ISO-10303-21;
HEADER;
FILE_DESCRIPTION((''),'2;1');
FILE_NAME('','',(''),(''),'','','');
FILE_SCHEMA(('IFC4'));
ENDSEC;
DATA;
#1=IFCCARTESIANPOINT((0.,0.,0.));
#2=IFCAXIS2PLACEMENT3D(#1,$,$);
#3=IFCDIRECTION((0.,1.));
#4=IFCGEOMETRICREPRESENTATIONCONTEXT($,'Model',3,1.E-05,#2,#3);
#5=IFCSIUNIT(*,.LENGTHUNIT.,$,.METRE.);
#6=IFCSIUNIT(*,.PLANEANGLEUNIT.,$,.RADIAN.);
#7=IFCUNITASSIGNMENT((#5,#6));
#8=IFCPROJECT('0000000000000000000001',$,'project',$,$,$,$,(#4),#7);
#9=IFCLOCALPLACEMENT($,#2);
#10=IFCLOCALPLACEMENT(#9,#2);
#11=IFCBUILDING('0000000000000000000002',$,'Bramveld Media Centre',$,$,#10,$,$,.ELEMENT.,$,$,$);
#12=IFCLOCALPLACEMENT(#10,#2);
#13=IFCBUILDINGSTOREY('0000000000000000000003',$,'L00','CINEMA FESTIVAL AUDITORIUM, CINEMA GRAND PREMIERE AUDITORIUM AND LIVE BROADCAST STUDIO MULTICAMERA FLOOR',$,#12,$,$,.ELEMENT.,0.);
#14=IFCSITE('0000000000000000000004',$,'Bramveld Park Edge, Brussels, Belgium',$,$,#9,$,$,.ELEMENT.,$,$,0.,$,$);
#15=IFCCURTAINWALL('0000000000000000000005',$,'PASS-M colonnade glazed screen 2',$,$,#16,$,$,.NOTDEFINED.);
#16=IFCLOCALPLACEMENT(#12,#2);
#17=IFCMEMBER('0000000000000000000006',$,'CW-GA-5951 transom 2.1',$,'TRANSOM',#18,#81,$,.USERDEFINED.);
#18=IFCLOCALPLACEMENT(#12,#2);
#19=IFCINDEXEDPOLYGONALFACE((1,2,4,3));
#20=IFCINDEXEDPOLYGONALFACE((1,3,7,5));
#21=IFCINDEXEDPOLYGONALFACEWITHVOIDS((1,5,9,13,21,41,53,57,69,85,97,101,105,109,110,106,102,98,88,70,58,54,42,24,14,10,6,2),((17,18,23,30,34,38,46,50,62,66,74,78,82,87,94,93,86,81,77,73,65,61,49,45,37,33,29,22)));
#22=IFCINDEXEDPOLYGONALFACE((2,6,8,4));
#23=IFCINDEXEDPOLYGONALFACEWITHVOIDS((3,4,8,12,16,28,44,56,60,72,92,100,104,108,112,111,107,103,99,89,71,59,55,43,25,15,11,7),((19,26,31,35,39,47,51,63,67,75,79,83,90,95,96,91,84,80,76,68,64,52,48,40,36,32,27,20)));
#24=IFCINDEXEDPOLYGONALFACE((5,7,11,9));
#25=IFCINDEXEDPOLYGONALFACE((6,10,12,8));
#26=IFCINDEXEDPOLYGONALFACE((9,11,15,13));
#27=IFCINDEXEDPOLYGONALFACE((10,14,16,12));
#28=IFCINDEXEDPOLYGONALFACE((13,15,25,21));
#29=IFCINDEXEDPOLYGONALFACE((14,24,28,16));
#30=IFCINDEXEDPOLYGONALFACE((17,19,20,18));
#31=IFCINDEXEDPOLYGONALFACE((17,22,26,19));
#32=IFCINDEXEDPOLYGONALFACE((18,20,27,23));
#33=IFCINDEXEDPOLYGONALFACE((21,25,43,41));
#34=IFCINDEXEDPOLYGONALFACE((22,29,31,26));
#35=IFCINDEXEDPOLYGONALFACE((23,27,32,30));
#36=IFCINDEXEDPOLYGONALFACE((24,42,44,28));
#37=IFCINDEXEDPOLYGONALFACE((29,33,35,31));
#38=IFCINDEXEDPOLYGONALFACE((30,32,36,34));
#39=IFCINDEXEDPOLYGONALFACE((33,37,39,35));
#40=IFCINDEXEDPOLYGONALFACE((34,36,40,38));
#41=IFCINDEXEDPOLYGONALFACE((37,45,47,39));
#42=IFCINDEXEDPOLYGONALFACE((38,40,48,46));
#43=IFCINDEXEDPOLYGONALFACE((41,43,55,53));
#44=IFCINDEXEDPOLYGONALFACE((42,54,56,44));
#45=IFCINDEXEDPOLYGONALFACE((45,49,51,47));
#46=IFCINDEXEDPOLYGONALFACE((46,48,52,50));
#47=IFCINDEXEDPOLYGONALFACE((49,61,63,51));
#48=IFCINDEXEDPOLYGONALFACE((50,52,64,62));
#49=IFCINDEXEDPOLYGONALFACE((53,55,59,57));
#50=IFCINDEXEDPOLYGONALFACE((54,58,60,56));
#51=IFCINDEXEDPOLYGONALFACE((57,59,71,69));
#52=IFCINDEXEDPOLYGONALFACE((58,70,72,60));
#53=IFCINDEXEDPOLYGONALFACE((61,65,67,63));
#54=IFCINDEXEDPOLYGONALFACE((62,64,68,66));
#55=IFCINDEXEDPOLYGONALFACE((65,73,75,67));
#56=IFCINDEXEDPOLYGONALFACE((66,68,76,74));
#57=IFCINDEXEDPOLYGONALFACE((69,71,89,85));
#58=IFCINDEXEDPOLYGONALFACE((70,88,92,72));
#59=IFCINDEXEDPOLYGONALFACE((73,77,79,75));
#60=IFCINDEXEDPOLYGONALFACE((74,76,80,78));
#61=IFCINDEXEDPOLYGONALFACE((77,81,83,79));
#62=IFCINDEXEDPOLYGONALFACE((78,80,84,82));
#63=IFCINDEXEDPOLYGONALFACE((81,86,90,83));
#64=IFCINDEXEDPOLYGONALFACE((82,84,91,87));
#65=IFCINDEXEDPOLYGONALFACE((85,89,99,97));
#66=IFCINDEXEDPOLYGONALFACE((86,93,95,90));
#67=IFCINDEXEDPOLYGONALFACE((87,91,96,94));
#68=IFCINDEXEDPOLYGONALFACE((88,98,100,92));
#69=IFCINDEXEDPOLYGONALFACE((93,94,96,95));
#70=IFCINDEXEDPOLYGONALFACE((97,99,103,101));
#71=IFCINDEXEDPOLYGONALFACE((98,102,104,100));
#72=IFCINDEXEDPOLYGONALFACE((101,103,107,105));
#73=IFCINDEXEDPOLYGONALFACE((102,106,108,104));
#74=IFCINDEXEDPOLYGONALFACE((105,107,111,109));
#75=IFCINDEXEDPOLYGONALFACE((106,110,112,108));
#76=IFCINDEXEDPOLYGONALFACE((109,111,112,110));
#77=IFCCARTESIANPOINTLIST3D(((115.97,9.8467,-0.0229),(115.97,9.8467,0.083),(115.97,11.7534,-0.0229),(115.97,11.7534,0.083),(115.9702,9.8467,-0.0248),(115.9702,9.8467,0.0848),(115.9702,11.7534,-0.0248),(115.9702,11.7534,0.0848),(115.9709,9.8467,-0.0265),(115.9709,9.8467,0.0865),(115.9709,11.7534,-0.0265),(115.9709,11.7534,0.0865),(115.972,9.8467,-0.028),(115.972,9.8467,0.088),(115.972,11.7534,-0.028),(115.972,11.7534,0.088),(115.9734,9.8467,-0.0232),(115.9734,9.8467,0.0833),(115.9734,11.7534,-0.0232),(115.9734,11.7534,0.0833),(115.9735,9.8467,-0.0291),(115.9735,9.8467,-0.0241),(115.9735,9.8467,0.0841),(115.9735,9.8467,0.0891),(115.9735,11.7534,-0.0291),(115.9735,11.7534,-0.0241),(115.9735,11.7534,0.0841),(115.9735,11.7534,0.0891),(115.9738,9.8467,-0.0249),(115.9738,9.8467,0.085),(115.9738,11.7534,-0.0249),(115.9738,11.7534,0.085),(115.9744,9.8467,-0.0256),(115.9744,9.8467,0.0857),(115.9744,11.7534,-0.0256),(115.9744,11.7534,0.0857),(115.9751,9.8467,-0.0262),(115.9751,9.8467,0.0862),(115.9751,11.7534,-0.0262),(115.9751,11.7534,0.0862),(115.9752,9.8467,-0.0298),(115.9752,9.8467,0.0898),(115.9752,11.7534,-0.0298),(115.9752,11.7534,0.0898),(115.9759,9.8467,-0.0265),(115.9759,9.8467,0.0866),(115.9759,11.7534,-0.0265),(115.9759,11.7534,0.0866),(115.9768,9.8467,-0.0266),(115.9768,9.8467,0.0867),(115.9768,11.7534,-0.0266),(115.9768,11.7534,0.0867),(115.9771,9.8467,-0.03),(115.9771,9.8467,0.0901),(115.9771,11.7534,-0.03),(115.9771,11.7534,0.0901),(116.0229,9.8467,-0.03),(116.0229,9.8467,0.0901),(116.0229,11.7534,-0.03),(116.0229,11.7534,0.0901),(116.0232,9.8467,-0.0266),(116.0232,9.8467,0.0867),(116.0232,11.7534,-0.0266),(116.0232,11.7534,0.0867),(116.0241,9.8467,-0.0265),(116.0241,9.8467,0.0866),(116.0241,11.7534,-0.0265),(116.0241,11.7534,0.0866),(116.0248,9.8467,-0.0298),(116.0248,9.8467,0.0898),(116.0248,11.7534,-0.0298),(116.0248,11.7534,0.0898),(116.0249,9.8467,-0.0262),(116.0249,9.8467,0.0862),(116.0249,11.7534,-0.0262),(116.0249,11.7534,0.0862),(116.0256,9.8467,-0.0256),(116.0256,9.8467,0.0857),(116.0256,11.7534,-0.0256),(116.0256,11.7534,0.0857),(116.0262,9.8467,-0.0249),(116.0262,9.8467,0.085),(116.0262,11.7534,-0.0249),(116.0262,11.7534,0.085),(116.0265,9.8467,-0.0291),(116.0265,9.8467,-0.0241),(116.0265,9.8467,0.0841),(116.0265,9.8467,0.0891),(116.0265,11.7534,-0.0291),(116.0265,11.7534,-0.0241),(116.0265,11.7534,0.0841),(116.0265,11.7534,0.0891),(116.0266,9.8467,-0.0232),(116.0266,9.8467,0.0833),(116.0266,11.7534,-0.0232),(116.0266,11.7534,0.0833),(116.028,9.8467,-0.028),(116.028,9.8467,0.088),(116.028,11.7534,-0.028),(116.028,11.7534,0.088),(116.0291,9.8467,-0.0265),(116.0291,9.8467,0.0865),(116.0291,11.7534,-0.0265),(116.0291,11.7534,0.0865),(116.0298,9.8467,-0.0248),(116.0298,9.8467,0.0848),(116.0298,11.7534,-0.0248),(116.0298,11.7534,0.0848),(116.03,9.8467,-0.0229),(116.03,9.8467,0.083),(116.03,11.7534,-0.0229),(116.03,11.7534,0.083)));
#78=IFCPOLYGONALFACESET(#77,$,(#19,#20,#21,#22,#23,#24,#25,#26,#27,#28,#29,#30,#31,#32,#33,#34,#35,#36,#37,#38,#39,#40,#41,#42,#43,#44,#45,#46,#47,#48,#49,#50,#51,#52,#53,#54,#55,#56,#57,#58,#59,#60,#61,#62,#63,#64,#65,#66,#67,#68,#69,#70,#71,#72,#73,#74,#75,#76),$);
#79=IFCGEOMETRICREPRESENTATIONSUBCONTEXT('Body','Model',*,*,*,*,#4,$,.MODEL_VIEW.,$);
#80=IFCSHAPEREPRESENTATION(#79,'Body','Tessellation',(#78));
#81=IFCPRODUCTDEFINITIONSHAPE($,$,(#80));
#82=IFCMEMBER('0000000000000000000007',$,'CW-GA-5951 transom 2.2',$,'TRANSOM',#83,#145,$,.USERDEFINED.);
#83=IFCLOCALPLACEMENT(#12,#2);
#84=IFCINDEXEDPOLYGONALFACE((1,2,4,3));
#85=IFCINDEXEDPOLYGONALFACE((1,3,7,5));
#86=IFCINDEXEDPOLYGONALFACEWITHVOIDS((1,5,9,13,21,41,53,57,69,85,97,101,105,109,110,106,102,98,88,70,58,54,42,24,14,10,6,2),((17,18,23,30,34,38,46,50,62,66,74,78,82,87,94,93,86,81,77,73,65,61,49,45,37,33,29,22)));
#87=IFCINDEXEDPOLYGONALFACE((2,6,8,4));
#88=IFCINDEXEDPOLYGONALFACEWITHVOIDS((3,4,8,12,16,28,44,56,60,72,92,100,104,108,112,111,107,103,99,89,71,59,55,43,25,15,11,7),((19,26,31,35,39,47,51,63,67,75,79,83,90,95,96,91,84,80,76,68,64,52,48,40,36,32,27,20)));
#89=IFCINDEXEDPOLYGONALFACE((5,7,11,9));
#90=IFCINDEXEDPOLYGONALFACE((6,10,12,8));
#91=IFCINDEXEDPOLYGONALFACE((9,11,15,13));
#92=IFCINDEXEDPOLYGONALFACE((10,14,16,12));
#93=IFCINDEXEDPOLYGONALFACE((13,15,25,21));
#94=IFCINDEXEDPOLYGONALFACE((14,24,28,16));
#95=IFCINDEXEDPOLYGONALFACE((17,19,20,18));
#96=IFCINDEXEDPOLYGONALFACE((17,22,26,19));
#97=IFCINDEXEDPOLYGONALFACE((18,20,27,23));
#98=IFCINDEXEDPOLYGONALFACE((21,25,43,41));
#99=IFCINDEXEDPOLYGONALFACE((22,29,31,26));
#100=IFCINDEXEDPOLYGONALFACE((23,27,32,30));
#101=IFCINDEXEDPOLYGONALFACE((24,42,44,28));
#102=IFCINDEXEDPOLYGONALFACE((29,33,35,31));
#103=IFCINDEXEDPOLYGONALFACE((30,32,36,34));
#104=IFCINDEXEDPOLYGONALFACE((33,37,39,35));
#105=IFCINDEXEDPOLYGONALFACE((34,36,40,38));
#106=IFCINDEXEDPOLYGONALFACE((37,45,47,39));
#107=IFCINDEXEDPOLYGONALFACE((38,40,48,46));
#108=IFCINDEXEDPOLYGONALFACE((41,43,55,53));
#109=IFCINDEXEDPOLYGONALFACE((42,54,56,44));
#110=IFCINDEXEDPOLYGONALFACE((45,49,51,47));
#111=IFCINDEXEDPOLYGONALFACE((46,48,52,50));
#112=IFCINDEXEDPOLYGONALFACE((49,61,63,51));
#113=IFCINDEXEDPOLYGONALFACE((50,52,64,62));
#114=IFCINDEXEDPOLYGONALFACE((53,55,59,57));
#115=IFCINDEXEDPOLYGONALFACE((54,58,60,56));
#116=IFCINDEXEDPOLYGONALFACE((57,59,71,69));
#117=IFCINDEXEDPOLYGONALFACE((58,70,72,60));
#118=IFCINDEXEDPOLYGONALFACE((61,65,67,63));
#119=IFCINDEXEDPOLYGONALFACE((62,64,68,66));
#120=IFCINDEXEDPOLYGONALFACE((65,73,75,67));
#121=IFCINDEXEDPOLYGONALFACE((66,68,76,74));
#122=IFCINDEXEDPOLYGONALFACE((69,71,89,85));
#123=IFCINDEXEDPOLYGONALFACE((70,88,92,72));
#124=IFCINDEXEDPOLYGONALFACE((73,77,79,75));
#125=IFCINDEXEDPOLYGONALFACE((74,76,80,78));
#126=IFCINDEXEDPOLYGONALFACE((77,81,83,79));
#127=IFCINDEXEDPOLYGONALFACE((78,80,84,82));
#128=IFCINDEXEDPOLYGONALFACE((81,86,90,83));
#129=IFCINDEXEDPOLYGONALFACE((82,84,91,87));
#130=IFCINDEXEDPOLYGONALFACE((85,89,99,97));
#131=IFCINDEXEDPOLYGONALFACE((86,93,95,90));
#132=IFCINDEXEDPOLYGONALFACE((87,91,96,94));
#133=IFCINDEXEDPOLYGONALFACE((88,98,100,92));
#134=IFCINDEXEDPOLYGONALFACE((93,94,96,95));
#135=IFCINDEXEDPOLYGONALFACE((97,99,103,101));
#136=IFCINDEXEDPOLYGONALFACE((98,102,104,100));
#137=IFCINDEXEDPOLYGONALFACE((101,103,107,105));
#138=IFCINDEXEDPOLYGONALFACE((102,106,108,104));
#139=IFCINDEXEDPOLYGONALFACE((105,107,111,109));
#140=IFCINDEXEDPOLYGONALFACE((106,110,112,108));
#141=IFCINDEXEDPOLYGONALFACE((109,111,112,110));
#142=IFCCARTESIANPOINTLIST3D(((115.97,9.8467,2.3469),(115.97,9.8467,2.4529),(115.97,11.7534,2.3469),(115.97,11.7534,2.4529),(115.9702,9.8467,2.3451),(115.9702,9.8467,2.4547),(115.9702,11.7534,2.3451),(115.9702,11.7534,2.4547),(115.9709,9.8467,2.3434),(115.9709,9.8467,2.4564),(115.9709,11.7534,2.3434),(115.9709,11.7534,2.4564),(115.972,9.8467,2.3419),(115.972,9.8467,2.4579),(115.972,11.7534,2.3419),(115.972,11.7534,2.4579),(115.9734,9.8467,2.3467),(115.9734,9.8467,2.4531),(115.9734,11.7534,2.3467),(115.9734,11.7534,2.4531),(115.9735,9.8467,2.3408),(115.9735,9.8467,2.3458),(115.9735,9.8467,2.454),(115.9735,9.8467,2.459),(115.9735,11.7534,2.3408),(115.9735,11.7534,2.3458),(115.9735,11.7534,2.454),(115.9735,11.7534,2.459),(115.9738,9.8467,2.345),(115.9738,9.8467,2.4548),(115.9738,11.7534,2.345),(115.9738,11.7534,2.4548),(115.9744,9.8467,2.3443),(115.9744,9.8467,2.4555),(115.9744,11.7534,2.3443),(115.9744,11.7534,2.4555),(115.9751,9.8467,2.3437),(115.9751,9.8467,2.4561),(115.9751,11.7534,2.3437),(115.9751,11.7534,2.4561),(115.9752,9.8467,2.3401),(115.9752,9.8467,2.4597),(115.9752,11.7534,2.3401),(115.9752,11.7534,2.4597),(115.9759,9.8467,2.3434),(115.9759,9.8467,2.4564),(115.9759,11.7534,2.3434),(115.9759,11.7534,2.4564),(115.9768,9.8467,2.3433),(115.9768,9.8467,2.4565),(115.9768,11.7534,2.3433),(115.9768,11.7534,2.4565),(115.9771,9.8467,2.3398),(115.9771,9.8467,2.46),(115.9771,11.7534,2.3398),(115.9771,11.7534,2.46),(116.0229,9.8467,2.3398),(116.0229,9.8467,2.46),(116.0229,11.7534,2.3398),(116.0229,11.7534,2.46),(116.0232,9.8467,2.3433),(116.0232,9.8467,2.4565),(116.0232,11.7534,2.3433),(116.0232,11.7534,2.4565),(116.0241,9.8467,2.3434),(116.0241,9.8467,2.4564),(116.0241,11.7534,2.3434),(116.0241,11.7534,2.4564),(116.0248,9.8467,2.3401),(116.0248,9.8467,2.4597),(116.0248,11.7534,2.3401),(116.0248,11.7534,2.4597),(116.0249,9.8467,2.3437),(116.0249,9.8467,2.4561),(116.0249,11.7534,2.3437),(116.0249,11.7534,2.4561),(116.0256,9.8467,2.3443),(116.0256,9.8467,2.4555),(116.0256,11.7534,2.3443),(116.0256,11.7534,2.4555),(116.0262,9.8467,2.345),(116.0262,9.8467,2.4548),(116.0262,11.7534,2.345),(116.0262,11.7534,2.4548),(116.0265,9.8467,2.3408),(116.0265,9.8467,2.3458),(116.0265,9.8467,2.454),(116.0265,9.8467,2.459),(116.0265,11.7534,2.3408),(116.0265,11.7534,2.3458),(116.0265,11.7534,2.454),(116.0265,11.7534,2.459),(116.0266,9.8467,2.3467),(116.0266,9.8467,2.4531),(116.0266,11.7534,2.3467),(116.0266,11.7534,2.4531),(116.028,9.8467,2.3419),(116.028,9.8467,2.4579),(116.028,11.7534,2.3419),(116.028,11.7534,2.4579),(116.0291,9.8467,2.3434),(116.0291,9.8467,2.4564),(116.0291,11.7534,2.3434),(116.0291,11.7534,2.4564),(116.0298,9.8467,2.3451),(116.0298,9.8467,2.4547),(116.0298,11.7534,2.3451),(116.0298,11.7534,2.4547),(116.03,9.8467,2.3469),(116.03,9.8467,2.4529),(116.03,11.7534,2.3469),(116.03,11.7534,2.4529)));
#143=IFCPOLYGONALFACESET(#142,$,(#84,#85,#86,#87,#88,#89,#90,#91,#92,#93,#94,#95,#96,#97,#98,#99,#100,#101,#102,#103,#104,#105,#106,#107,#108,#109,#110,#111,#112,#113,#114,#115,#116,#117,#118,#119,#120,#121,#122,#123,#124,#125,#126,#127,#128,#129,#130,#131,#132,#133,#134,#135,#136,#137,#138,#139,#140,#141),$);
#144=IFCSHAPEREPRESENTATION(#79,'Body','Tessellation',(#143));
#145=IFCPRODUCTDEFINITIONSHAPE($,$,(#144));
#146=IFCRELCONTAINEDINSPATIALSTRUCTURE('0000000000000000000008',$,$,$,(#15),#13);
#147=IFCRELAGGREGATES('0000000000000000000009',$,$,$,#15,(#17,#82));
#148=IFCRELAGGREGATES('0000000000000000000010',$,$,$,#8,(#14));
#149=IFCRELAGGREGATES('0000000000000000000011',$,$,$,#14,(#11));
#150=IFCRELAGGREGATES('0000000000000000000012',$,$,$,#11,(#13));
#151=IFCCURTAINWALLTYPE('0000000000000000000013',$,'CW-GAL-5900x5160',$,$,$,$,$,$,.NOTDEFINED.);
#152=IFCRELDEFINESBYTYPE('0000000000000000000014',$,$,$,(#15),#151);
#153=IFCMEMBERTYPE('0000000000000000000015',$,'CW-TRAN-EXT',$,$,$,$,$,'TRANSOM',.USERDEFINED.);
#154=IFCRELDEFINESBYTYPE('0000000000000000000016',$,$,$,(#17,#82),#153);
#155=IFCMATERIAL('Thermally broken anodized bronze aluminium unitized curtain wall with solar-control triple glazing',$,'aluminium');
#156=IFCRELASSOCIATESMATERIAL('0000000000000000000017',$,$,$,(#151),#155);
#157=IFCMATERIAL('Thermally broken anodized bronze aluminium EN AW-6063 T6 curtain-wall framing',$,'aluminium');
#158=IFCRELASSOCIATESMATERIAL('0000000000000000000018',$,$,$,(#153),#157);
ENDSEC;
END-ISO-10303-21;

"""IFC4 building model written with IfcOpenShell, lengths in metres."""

from ifc_helpers import new_model, si_unit, direction, frame, origin, origin_2d, place, context, subcontext, project, spatial, hollow_rectangle, extrude, material, material_profile, profile_set, type_object, element, aggregate, save


model = new_model("IFC4")

# Units and contexts
model_context = context("Model", 3, precision=1e-05, world=origin(), true_north=direction((0.0, 1.0)))
body_context = subcontext(model_context, "Body", "Model", "MODEL_VIEW")
ifc_project = project(units=[si_unit("LENGTHUNIT", "METRE"), si_unit("PLANEANGLEUNIT", "RADIAN")], contexts=[model_context])

# Site, building, storey
site_placement = place(None, origin())
site = spatial("IfcSite", under=ifc_project, at=site_placement, Name="Bramveld Park Edge, Brussels, Belgium", CompositionType="ELEMENT", RefElevation=0.0)
building_placement = place(site_placement, origin())
building = spatial("IfcBuilding", under=site, at=building_placement, Name="Bramveld Media Centre", CompositionType="ELEMENT")
storey_placement = place(building_placement, origin())
storey = spatial("IfcBuildingStorey", under=building, at=storey_placement, Name="L00", Description="CINEMA FESTIVAL AUDITORIUM, CINEMA GRAND PREMIERE AUDITORIUM AND LIVE BROADCAST STUDIO MULTICAMERA FLOOR", CompositionType="ELEMENT", Elevation=0.0)

# Curtain wall
ifc_material_1 = material(Name="Thermally broken anodized bronze aluminium unitized curtain wall with solar-control triple glazing", Category="aluminium")
curtain_wall_type = type_object("IfcCurtainWallType", Name="CW-GAL-5900x5160", PredefinedType="NOTDEFINED", material=ifc_material_1)
curtain_wall_1_placement = place(storey_placement, origin())
curtain_wall_1 = element("IfcCurtainWall", 1, at=curtain_wall_1_placement, inside=storey, type_object=curtain_wall_type, Name="PASS-M colonnade glazed screen 2", PredefinedType="NOTDEFINED")

# Members
ifc_material_2 = material(Name="Thermally broken anodized bronze aluminium EN AW-6063 T6 curtain-wall framing", Category="aluminium")
ifc_material_profile_1 = material_profile(ifc_material_2, hollow_rectangle(XDim=0.0601, YDim=0.1201, WallThickness=0.0034, InnerFilletRadius=0.0034, OuterFilletRadius=0.0071, at=origin_2d()), Name="AL-TRAN 60x120")
ifc_profile_set_1 = profile_set([ifc_material_profile_1], Name="Thermally broken anodized bronze aluminium EN AW-6063 T6 curtain-wall framing")
member_type_1 = type_object("IfcMemberType", Name="CW-TRAN-EXT", ElementType="TRANSOM", PredefinedType="USERDEFINED", material=ifc_profile_set_1)
member_1_placement = place(storey_placement, frame((116.0, 9.8467, 0.03), z_axis=(0.0, 1.0, 0.0), x_axis=(-1.0, 0.0, 0.0)))
member_1 = element("IfcMember", 2, at=member_1_placement, type_object=member_type_1, Name="CW-GA-5951 transom 2.1", ObjectType="TRANSOM", PredefinedType="USERDEFINED", context=body_context, shape_type="SweptSolid", body=[
    extrude(hollow_rectangle(XDim=0.0601, YDim=0.1201, WallThickness=0.0034, InnerFilletRadius=0.0034, OuterFilletRadius=0.0071, at=origin_2d()), origin(), (0.0, 0.0, 1.0), 1.9067),
])
member_2_placement = place(storey_placement, frame((116.0, 9.8467, 2.3999), z_axis=(0.0, 1.0, 0.0), x_axis=(-1.0, 0.0, 0.0)))
member_2 = element("IfcMember", 3, at=member_2_placement, type_object=member_type_1, Name="CW-GA-5951 transom 2.2", ObjectType="TRANSOM", PredefinedType="USERDEFINED", context=body_context, shape_type="SweptSolid", body=[
    extrude(hollow_rectangle(XDim=0.0601, YDim=0.1201, WallThickness=0.0034, InnerFilletRadius=0.0034, OuterFilletRadius=0.0071, at=origin_2d()), origin(), (0.0, 0.0, 1.0), 1.9067),
])

aggregate(curtain_wall_1, [member_1, member_2])

save(model, "model.ifc")
